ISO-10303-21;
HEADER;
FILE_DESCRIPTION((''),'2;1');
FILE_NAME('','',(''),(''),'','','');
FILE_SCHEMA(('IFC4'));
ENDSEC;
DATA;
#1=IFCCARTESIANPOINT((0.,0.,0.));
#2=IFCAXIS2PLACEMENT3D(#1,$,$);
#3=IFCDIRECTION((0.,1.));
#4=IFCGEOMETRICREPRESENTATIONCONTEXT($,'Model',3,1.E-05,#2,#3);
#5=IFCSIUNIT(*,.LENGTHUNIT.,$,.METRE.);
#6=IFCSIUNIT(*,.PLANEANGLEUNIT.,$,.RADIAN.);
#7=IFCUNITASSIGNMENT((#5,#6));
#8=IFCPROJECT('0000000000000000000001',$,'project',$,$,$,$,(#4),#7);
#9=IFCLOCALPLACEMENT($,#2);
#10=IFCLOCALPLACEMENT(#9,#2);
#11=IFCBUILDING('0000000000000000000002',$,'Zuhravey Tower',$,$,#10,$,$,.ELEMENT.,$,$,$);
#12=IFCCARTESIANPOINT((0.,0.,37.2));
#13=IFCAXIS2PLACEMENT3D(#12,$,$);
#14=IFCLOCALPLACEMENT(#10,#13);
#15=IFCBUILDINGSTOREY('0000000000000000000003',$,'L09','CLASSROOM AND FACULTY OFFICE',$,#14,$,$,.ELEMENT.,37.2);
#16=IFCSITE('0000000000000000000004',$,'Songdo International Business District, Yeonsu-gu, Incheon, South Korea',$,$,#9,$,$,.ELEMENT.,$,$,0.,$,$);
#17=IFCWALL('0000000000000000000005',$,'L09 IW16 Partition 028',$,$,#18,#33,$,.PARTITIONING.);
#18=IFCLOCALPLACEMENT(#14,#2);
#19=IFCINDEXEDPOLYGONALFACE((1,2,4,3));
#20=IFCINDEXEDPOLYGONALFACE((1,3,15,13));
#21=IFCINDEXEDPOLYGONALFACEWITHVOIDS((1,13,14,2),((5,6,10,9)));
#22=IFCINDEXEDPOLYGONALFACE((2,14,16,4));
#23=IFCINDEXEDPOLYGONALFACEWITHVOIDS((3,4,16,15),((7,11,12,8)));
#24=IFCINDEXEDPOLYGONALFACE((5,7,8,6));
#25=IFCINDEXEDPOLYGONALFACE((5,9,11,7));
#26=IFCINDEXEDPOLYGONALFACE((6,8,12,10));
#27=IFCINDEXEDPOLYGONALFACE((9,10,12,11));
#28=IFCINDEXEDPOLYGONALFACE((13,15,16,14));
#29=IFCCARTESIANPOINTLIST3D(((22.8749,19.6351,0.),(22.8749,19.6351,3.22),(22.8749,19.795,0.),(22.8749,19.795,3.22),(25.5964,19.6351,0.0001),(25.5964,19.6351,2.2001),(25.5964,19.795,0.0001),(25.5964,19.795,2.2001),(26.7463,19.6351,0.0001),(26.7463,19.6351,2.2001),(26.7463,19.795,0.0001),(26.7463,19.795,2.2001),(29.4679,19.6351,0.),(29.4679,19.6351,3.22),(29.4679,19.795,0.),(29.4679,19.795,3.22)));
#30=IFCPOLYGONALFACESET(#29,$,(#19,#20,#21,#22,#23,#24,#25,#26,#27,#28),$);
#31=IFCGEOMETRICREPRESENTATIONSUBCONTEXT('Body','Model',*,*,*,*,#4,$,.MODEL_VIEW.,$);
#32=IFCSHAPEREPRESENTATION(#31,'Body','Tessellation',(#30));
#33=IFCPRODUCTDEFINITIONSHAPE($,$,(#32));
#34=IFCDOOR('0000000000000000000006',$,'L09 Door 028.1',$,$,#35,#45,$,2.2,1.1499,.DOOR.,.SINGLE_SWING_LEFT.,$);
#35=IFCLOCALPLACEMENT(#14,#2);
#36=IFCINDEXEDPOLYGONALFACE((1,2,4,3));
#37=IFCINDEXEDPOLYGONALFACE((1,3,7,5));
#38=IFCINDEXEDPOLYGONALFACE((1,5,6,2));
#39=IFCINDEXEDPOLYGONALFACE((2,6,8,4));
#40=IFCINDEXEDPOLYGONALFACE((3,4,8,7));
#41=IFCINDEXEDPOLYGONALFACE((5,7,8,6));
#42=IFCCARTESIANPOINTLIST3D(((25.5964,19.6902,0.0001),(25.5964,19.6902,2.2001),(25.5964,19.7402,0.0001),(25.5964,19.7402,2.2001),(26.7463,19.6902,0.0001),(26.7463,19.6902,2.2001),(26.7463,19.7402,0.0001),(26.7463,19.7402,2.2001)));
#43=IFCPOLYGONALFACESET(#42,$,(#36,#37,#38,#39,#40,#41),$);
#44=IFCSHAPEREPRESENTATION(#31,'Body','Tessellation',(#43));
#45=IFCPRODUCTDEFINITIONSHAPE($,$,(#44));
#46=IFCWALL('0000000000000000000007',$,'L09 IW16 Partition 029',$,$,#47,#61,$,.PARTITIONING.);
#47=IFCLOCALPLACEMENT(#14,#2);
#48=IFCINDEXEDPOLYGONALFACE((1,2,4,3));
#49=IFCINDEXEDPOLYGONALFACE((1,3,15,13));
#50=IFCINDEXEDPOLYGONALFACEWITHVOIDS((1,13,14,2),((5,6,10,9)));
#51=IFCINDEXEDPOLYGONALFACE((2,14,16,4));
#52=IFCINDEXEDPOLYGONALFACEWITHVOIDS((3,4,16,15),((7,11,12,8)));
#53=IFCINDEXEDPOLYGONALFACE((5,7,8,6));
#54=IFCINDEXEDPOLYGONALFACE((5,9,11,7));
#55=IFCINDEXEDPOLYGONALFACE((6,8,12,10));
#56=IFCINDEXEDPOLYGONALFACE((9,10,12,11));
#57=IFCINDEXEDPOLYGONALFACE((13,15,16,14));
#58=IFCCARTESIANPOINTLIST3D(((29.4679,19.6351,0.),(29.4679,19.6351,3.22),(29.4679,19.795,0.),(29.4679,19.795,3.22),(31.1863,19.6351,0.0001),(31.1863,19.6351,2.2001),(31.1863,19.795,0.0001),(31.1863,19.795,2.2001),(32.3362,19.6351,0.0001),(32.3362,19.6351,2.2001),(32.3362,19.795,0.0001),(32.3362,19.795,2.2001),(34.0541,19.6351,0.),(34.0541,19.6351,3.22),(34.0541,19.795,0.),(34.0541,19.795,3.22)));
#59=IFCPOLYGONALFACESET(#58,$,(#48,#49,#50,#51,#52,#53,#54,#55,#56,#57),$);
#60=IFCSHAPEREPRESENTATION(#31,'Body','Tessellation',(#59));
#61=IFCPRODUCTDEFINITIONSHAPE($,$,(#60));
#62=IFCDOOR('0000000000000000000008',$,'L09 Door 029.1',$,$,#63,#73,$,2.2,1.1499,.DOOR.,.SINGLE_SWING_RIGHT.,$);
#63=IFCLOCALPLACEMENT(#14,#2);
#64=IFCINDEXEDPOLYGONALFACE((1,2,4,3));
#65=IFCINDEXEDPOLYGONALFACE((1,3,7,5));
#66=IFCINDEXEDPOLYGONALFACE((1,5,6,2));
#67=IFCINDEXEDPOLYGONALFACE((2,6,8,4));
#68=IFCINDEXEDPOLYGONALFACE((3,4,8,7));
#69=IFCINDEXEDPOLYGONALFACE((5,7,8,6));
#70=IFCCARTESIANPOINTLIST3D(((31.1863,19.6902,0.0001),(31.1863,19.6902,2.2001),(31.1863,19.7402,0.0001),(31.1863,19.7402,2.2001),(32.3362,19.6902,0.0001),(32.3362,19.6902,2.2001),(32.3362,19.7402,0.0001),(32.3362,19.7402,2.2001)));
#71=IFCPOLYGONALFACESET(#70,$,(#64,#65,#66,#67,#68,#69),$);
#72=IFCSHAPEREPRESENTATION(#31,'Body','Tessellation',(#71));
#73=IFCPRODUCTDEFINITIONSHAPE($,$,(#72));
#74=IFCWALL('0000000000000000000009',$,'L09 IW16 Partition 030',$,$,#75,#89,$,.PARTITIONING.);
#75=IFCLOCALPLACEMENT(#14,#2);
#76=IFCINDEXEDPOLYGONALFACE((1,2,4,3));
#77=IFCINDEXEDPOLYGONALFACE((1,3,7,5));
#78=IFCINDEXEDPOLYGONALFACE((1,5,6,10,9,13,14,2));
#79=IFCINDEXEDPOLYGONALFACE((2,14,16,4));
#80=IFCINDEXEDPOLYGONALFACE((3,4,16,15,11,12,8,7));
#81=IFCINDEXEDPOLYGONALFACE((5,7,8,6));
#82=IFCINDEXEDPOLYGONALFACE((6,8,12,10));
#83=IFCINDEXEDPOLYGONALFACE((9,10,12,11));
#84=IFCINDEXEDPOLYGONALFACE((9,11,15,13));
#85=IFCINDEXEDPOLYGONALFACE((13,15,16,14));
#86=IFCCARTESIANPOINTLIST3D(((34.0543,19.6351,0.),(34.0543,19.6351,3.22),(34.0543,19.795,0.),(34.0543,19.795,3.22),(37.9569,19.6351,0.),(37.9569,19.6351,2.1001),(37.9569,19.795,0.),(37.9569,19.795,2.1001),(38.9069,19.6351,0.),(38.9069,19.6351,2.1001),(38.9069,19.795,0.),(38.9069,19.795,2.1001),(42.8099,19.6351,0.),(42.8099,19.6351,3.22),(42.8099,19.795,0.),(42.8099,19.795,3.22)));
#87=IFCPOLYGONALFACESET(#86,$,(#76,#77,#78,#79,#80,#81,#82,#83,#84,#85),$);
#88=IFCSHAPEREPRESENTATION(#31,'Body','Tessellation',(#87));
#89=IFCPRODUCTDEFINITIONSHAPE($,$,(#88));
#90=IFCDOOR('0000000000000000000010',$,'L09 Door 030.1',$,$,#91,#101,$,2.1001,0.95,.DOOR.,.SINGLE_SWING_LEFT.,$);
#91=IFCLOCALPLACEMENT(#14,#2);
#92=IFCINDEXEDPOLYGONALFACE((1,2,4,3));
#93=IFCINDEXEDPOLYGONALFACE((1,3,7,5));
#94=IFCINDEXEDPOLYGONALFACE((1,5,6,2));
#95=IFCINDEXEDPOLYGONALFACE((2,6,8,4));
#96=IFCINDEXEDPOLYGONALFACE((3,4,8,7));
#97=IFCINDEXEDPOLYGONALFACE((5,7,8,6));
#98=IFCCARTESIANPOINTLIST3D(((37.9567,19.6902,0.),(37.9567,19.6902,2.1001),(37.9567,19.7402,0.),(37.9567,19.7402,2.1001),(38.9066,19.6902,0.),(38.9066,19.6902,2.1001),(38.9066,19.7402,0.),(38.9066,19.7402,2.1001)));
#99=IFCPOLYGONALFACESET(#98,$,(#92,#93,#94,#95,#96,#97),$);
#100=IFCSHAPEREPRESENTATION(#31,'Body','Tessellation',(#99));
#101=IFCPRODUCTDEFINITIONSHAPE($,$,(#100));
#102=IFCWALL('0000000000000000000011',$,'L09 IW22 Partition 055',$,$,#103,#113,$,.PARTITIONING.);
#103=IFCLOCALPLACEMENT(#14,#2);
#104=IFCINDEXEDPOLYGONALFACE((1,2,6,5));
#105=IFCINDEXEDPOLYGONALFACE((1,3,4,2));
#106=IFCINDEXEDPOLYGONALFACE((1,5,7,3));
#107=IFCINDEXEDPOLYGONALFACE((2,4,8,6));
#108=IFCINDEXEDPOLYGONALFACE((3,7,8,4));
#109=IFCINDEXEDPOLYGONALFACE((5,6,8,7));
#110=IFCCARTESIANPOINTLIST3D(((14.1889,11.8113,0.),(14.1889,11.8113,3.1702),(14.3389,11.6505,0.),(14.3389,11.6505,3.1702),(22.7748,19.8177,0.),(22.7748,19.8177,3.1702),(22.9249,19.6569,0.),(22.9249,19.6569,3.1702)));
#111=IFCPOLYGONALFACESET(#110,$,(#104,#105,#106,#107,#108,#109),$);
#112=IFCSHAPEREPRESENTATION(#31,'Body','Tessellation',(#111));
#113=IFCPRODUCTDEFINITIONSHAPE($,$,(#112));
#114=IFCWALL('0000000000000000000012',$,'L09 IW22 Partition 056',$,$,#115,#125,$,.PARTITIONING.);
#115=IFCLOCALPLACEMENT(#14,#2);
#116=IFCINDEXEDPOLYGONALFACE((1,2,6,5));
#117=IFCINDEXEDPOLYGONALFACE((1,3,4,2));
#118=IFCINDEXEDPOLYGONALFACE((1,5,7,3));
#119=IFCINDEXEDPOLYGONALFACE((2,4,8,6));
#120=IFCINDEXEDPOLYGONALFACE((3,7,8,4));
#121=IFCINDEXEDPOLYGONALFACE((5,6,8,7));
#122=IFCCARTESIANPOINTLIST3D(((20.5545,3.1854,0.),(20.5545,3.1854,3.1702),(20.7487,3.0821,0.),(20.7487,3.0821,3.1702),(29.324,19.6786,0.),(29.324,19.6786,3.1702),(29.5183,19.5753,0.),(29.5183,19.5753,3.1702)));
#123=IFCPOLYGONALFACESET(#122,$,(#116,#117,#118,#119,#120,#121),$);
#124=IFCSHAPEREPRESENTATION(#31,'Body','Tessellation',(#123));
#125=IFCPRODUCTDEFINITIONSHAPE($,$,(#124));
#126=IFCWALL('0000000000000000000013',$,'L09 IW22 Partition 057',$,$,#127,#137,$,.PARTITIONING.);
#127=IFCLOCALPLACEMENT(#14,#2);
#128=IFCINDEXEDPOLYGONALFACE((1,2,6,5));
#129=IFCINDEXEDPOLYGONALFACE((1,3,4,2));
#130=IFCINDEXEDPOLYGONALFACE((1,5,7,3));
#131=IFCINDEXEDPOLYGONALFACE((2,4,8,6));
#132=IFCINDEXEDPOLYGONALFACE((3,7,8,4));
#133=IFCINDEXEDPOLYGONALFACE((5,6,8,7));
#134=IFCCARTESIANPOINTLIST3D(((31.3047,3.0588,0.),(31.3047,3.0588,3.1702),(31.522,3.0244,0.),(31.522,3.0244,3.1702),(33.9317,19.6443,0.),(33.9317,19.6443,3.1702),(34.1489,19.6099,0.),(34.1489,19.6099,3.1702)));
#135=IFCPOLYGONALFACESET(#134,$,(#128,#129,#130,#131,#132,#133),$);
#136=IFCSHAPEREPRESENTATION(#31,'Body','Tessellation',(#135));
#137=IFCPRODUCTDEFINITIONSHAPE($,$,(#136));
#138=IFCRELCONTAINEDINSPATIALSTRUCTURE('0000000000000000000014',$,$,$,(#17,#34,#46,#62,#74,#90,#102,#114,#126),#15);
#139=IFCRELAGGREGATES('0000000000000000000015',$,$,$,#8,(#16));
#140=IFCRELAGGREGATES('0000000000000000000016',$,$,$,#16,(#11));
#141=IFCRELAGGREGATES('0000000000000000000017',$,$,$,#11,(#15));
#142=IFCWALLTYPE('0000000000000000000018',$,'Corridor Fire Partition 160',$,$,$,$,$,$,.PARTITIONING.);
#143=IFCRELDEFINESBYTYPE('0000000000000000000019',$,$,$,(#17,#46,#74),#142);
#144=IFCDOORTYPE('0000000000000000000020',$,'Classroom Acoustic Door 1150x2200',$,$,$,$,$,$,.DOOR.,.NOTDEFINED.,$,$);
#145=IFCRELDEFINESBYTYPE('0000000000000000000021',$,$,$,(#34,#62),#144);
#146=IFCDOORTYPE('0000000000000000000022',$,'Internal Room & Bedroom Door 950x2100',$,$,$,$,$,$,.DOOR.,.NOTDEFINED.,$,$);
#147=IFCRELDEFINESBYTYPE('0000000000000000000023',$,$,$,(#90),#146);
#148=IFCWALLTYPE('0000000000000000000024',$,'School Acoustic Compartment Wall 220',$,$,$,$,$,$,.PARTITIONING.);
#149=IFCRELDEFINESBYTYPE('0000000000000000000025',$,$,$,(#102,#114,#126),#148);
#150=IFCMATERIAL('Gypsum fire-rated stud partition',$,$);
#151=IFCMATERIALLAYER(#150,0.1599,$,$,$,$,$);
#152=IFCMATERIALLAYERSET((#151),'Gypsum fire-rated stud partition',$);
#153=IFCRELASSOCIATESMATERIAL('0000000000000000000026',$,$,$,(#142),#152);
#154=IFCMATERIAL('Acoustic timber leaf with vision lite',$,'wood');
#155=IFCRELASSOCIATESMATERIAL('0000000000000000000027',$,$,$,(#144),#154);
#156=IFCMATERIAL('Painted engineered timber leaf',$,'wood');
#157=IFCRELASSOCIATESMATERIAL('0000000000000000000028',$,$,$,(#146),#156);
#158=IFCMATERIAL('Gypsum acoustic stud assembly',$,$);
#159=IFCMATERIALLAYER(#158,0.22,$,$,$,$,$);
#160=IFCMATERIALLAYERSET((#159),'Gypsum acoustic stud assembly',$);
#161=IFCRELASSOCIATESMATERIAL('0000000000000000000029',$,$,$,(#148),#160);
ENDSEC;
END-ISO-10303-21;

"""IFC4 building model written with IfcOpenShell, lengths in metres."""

from ifc_helpers import new_model, si_unit, direction, frame, frame_2d, origin, place, context, subcontext, project, spatial, rectangle, extrude, material, layer, layer_set, type_object, element, fill, save


model = new_model("IFC4")

# Units and contexts
model_context = context("Model", 3, precision=1e-05, world=origin(), true_north=direction((0.0, 1.0)))
body_context = subcontext(model_context, "Body", "Model", "MODEL_VIEW")
ifc_project = project(units=[si_unit("LENGTHUNIT", "METRE"), si_unit("PLANEANGLEUNIT", "RADIAN")], contexts=[model_context])

# Site, building, storey
site_placement = place(None, origin())
site = spatial("IfcSite", under=ifc_project, at=site_placement, Name="Songdo International Business District, Yeonsu-gu, Incheon, South Korea", CompositionType="ELEMENT", RefElevation=0.0)
building_placement = place(site_placement, origin())
building = spatial("IfcBuilding", under=site, at=building_placement, Name="Zuhravey Tower", CompositionType="ELEMENT")
storey_placement = place(building_placement, frame((0.0, 0.0, 37.2)))
storey = spatial("IfcBuildingStorey", under=building, at=storey_placement, Name="L09", Description="CLASSROOM AND FACULTY OFFICE", CompositionType="ELEMENT", Elevation=37.2)

# Walls, openings, doors
ifc_material_1 = material(Name="Gypsum fire-rated stud partition")
ifc_layer_1 = layer(ifc_material_1, 0.1599)
ifc_layer_set_1 = layer_set([ifc_layer_1], Name="Gypsum fire-rated stud partition")
wall_type_1 = type_object("IfcWallType", Name="Corridor Fire Partition 160", PredefinedType="PARTITIONING", material=ifc_layer_set_1)
wall_1_placement = place(storey_placement, frame((22.875, 19.7151, 0.0), z_axis=(0.0, 0.0, 1.0), x_axis=(1.0, 0.0, 0.0)))
wall_1 = element("IfcWall", 1, at=wall_1_placement, inside=storey, type_object=wall_type_1, Name="L09 IW16 Partition 028", PredefinedType="PARTITIONING", context=body_context, shape_type="SweptSolid", body=[
    extrude(rectangle(XDim=6.593, YDim=0.1599, at=frame_2d((3.2964, 0.0))), origin(), (0.0, 0.0, 1.0), 3.22),
])
opening_1_placement = place(wall_1_placement, frame((2.7214, 0.0, 0.0)))
opening_1 = element("IfcOpeningElement", 2, at=opening_1_placement, cuts=wall_1, PredefinedType="OPENING", context=body_context, shape_type="SweptSolid", body=[
    extrude(rectangle(XDim=1.1499, YDim=2.2, at=frame_2d((0.575, 1.1001))), frame((0.0, 0.092, 0.0), z_axis=(0.0, -1.0, 0.0), x_axis=(1.0, 0.0, 0.0)), (0.0, 0.0, 1.0), 0.1838),
])
ifc_material_2 = material(Name="Acoustic timber leaf with vision lite", Category="wood")
door_type_1 = type_object("IfcDoorType", Name="Classroom Acoustic Door 1150x2200", OperationType="NOTDEFINED", PredefinedType="DOOR", material=ifc_material_2)
door_1_placement = place(opening_1_placement, frame((1.1499, 0.0, 0.0), z_axis=(0.0, 0.0, 1.0), x_axis=(-1.0, 0.0, 0.0)))
door_1 = element("IfcDoor", 3, at=door_1_placement, inside=storey, type_object=door_type_1, Name="L09 Door 028.1", OperationType="SINGLE_SWING_LEFT", OverallHeight=2.2, OverallWidth=1.1499, PredefinedType="DOOR", context=body_context, shape_type="SweptSolid", body=[
    extrude(rectangle(XDim=1.1499, YDim=2.2, at=frame_2d((0.575, 1.1001))), frame((0.0, 0.0249, 0.0), z_axis=(0.0, -1.0, 0.0), x_axis=(1.0, 0.0, 0.0)), (0.0, 0.0, 1.0), 0.05),
])
fill(opening_1, door_1)
wall_2_placement = place(storey_placement, frame((29.468, 19.7151, 0.0), z_axis=(0.0, 0.0, 1.0), x_axis=(1.0, 0.0, 0.0)))
wall_2 = element("IfcWall", 4, at=wall_2_placement, inside=storey, type_object=wall_type_1, Name="L09 IW16 Partition 029", PredefinedType="PARTITIONING", context=body_context, shape_type="SweptSolid", body=[
    extrude(rectangle(XDim=4.5862, YDim=0.1599, at=frame_2d((2.293, 0.0))), origin(), (0.0, 0.0, 1.0), 3.22),
])
opening_2_placement = place(wall_2_placement, frame((1.7183, 0.0, 0.0)))
opening_2 = element("IfcOpeningElement", 5, at=opening_2_placement, cuts=wall_2, PredefinedType="OPENING", context=body_context, shape_type="SweptSolid", body=[
    extrude(rectangle(XDim=1.1499, YDim=2.2, at=frame_2d((0.575, 1.1001))), frame((0.0, 0.092, 0.0), z_axis=(0.0, -1.0, 0.0), x_axis=(1.0, 0.0, 0.0)), (0.0, 0.0, 1.0), 0.1838),
])
door_2_placement = place(opening_2_placement, frame((1.1499, 0.0, 0.0), z_axis=(0.0, 0.0, 1.0), x_axis=(-1.0, 0.0, 0.0)))
door_2 = element("IfcDoor", 6, at=door_2_placement, inside=storey, type_object=door_type_1, Name="L09 Door 029.1", OperationType="SINGLE_SWING_RIGHT", OverallHeight=2.2, OverallWidth=1.1499, PredefinedType="DOOR", context=body_context, shape_type="SweptSolid", body=[
    extrude(rectangle(XDim=1.1499, YDim=2.2, at=frame_2d((0.575, 1.1001))), frame((0.0, 0.0249, 0.0), z_axis=(0.0, -1.0, 0.0), x_axis=(1.0, 0.0, 0.0)), (0.0, 0.0, 1.0), 0.05),
])
fill(opening_2, door_2)
wall_3_placement = place(storey_placement, frame((34.0542, 19.7151, 0.0), z_axis=(0.0, 0.0, 1.0), x_axis=(1.0, 0.0, 0.0)))
wall_3 = element("IfcWall", 7, at=wall_3_placement, inside=storey, type_object=wall_type_1, Name="L09 IW16 Partition 030", PredefinedType="PARTITIONING", context=body_context, shape_type="SweptSolid", body=[
    extrude(rectangle(XDim=8.7556, YDim=0.1599, at=frame_2d((4.3779, 0.0))), origin(), (0.0, 0.0, 1.0), 3.22),
])
opening_3_placement = place(wall_3_placement, frame((3.9026, 0.0, 0.0)))
opening_3 = element("IfcOpeningElement", 8, at=opening_3_placement, cuts=wall_3, PredefinedType="OPENING", context=body_context, shape_type="SweptSolid", body=[
    extrude(rectangle(XDim=0.95, YDim=2.1001, at=frame_2d((0.4751, 1.05))), frame((0.0, 0.092, 0.0), z_axis=(0.0, -1.0, 0.0), x_axis=(1.0, 0.0, 0.0)), (0.0, 0.0, 1.0), 0.1838),
])
ifc_material_3 = material(Name="Painted engineered timber leaf", Category="wood")
door_type_2 = type_object("IfcDoorType", Name="Internal Room & Bedroom Door 950x2100", OperationType="NOTDEFINED", PredefinedType="DOOR", material=ifc_material_3)
door_3_placement = place(opening_3_placement, frame((0.95, 0.0, 0.0), z_axis=(0.0, 0.0, 1.0), x_axis=(-1.0, 0.0, 0.0)))
door_3 = element("IfcDoor", 9, at=door_3_placement, inside=storey, type_object=door_type_2, Name="L09 Door 030.1", OperationType="SINGLE_SWING_LEFT", OverallHeight=2.1001, OverallWidth=0.95, PredefinedType="DOOR", context=body_context, shape_type="SweptSolid", body=[
    extrude(rectangle(XDim=0.95, YDim=2.1001, at=frame_2d((0.4751, 1.05))), frame((0.0, 0.0249, 0.0), z_axis=(0.0, -1.0, 0.0), x_axis=(1.0, 0.0, 0.0)), (0.0, 0.0, 1.0), 0.05),
])
fill(opening_3, door_3)

# Walls
ifc_material_4 = material(Name="Gypsum acoustic stud assembly")
ifc_layer_2 = layer(ifc_material_4, 0.22)
ifc_layer_set_2 = layer_set([ifc_layer_2], Name="Gypsum acoustic stud assembly")
wall_type_2 = type_object("IfcWallType", Name="School Acoustic Compartment Wall 220", PredefinedType="PARTITIONING", material=ifc_layer_set_2)
wall_4_placement = place(storey_placement, frame((22.8499, 19.7373, 0.0), z_axis=(0.0, 0.0, 1.0), x_axis=(-0.731361, -0.681991, 0.0)))
element("IfcWall", 10, at=wall_4_placement, inside=storey, type_object=wall_type_2, Name="L09 IW22 Partition 055", PredefinedType="PARTITIONING", context=body_context, shape_type="SweptSolid", body=[
    extrude(rectangle(XDim=11.7397, YDim=0.22, at=frame_2d((5.8699, 0.0))), origin(), (0.0, 0.0, 1.0), 3.1702),
])
wall_5_placement = place(storey_placement, frame((29.4211, 19.627, 0.0), z_axis=(0.0, 0.0, 1.0), x_axis=(-0.46947, -0.882948, 0.0)))
element("IfcWall", 11, at=wall_5_placement, inside=storey, type_object=wall_type_2, Name="L09 IW22 Partition 056", PredefinedType="PARTITIONING", context=body_context, shape_type="SweptSolid", body=[
    extrude(rectangle(XDim=18.6797, YDim=0.22, at=frame_2d((9.3398, 0.0))), origin(), (0.0, 0.0, 1.0), 3.1702),
])
wall_6_placement = place(storey_placement, frame((34.0403, 19.627, 0.0), z_axis=(0.0, 0.0, 1.0), x_axis=(-0.156439, -0.987688, 0.0)))
element("IfcWall", 12, at=wall_6_placement, inside=storey, type_object=wall_type_2, Name="L09 IW22 Partition 057", PredefinedType="PARTITIONING", context=body_context, shape_type="SweptSolid", body=[
    extrude(rectangle(XDim=16.7922, YDim=0.22, at=frame_2d((8.396, 0.0))), origin(), (0.0, 0.0, 1.0), 3.1702),
])

save(model, "model.ifc")
